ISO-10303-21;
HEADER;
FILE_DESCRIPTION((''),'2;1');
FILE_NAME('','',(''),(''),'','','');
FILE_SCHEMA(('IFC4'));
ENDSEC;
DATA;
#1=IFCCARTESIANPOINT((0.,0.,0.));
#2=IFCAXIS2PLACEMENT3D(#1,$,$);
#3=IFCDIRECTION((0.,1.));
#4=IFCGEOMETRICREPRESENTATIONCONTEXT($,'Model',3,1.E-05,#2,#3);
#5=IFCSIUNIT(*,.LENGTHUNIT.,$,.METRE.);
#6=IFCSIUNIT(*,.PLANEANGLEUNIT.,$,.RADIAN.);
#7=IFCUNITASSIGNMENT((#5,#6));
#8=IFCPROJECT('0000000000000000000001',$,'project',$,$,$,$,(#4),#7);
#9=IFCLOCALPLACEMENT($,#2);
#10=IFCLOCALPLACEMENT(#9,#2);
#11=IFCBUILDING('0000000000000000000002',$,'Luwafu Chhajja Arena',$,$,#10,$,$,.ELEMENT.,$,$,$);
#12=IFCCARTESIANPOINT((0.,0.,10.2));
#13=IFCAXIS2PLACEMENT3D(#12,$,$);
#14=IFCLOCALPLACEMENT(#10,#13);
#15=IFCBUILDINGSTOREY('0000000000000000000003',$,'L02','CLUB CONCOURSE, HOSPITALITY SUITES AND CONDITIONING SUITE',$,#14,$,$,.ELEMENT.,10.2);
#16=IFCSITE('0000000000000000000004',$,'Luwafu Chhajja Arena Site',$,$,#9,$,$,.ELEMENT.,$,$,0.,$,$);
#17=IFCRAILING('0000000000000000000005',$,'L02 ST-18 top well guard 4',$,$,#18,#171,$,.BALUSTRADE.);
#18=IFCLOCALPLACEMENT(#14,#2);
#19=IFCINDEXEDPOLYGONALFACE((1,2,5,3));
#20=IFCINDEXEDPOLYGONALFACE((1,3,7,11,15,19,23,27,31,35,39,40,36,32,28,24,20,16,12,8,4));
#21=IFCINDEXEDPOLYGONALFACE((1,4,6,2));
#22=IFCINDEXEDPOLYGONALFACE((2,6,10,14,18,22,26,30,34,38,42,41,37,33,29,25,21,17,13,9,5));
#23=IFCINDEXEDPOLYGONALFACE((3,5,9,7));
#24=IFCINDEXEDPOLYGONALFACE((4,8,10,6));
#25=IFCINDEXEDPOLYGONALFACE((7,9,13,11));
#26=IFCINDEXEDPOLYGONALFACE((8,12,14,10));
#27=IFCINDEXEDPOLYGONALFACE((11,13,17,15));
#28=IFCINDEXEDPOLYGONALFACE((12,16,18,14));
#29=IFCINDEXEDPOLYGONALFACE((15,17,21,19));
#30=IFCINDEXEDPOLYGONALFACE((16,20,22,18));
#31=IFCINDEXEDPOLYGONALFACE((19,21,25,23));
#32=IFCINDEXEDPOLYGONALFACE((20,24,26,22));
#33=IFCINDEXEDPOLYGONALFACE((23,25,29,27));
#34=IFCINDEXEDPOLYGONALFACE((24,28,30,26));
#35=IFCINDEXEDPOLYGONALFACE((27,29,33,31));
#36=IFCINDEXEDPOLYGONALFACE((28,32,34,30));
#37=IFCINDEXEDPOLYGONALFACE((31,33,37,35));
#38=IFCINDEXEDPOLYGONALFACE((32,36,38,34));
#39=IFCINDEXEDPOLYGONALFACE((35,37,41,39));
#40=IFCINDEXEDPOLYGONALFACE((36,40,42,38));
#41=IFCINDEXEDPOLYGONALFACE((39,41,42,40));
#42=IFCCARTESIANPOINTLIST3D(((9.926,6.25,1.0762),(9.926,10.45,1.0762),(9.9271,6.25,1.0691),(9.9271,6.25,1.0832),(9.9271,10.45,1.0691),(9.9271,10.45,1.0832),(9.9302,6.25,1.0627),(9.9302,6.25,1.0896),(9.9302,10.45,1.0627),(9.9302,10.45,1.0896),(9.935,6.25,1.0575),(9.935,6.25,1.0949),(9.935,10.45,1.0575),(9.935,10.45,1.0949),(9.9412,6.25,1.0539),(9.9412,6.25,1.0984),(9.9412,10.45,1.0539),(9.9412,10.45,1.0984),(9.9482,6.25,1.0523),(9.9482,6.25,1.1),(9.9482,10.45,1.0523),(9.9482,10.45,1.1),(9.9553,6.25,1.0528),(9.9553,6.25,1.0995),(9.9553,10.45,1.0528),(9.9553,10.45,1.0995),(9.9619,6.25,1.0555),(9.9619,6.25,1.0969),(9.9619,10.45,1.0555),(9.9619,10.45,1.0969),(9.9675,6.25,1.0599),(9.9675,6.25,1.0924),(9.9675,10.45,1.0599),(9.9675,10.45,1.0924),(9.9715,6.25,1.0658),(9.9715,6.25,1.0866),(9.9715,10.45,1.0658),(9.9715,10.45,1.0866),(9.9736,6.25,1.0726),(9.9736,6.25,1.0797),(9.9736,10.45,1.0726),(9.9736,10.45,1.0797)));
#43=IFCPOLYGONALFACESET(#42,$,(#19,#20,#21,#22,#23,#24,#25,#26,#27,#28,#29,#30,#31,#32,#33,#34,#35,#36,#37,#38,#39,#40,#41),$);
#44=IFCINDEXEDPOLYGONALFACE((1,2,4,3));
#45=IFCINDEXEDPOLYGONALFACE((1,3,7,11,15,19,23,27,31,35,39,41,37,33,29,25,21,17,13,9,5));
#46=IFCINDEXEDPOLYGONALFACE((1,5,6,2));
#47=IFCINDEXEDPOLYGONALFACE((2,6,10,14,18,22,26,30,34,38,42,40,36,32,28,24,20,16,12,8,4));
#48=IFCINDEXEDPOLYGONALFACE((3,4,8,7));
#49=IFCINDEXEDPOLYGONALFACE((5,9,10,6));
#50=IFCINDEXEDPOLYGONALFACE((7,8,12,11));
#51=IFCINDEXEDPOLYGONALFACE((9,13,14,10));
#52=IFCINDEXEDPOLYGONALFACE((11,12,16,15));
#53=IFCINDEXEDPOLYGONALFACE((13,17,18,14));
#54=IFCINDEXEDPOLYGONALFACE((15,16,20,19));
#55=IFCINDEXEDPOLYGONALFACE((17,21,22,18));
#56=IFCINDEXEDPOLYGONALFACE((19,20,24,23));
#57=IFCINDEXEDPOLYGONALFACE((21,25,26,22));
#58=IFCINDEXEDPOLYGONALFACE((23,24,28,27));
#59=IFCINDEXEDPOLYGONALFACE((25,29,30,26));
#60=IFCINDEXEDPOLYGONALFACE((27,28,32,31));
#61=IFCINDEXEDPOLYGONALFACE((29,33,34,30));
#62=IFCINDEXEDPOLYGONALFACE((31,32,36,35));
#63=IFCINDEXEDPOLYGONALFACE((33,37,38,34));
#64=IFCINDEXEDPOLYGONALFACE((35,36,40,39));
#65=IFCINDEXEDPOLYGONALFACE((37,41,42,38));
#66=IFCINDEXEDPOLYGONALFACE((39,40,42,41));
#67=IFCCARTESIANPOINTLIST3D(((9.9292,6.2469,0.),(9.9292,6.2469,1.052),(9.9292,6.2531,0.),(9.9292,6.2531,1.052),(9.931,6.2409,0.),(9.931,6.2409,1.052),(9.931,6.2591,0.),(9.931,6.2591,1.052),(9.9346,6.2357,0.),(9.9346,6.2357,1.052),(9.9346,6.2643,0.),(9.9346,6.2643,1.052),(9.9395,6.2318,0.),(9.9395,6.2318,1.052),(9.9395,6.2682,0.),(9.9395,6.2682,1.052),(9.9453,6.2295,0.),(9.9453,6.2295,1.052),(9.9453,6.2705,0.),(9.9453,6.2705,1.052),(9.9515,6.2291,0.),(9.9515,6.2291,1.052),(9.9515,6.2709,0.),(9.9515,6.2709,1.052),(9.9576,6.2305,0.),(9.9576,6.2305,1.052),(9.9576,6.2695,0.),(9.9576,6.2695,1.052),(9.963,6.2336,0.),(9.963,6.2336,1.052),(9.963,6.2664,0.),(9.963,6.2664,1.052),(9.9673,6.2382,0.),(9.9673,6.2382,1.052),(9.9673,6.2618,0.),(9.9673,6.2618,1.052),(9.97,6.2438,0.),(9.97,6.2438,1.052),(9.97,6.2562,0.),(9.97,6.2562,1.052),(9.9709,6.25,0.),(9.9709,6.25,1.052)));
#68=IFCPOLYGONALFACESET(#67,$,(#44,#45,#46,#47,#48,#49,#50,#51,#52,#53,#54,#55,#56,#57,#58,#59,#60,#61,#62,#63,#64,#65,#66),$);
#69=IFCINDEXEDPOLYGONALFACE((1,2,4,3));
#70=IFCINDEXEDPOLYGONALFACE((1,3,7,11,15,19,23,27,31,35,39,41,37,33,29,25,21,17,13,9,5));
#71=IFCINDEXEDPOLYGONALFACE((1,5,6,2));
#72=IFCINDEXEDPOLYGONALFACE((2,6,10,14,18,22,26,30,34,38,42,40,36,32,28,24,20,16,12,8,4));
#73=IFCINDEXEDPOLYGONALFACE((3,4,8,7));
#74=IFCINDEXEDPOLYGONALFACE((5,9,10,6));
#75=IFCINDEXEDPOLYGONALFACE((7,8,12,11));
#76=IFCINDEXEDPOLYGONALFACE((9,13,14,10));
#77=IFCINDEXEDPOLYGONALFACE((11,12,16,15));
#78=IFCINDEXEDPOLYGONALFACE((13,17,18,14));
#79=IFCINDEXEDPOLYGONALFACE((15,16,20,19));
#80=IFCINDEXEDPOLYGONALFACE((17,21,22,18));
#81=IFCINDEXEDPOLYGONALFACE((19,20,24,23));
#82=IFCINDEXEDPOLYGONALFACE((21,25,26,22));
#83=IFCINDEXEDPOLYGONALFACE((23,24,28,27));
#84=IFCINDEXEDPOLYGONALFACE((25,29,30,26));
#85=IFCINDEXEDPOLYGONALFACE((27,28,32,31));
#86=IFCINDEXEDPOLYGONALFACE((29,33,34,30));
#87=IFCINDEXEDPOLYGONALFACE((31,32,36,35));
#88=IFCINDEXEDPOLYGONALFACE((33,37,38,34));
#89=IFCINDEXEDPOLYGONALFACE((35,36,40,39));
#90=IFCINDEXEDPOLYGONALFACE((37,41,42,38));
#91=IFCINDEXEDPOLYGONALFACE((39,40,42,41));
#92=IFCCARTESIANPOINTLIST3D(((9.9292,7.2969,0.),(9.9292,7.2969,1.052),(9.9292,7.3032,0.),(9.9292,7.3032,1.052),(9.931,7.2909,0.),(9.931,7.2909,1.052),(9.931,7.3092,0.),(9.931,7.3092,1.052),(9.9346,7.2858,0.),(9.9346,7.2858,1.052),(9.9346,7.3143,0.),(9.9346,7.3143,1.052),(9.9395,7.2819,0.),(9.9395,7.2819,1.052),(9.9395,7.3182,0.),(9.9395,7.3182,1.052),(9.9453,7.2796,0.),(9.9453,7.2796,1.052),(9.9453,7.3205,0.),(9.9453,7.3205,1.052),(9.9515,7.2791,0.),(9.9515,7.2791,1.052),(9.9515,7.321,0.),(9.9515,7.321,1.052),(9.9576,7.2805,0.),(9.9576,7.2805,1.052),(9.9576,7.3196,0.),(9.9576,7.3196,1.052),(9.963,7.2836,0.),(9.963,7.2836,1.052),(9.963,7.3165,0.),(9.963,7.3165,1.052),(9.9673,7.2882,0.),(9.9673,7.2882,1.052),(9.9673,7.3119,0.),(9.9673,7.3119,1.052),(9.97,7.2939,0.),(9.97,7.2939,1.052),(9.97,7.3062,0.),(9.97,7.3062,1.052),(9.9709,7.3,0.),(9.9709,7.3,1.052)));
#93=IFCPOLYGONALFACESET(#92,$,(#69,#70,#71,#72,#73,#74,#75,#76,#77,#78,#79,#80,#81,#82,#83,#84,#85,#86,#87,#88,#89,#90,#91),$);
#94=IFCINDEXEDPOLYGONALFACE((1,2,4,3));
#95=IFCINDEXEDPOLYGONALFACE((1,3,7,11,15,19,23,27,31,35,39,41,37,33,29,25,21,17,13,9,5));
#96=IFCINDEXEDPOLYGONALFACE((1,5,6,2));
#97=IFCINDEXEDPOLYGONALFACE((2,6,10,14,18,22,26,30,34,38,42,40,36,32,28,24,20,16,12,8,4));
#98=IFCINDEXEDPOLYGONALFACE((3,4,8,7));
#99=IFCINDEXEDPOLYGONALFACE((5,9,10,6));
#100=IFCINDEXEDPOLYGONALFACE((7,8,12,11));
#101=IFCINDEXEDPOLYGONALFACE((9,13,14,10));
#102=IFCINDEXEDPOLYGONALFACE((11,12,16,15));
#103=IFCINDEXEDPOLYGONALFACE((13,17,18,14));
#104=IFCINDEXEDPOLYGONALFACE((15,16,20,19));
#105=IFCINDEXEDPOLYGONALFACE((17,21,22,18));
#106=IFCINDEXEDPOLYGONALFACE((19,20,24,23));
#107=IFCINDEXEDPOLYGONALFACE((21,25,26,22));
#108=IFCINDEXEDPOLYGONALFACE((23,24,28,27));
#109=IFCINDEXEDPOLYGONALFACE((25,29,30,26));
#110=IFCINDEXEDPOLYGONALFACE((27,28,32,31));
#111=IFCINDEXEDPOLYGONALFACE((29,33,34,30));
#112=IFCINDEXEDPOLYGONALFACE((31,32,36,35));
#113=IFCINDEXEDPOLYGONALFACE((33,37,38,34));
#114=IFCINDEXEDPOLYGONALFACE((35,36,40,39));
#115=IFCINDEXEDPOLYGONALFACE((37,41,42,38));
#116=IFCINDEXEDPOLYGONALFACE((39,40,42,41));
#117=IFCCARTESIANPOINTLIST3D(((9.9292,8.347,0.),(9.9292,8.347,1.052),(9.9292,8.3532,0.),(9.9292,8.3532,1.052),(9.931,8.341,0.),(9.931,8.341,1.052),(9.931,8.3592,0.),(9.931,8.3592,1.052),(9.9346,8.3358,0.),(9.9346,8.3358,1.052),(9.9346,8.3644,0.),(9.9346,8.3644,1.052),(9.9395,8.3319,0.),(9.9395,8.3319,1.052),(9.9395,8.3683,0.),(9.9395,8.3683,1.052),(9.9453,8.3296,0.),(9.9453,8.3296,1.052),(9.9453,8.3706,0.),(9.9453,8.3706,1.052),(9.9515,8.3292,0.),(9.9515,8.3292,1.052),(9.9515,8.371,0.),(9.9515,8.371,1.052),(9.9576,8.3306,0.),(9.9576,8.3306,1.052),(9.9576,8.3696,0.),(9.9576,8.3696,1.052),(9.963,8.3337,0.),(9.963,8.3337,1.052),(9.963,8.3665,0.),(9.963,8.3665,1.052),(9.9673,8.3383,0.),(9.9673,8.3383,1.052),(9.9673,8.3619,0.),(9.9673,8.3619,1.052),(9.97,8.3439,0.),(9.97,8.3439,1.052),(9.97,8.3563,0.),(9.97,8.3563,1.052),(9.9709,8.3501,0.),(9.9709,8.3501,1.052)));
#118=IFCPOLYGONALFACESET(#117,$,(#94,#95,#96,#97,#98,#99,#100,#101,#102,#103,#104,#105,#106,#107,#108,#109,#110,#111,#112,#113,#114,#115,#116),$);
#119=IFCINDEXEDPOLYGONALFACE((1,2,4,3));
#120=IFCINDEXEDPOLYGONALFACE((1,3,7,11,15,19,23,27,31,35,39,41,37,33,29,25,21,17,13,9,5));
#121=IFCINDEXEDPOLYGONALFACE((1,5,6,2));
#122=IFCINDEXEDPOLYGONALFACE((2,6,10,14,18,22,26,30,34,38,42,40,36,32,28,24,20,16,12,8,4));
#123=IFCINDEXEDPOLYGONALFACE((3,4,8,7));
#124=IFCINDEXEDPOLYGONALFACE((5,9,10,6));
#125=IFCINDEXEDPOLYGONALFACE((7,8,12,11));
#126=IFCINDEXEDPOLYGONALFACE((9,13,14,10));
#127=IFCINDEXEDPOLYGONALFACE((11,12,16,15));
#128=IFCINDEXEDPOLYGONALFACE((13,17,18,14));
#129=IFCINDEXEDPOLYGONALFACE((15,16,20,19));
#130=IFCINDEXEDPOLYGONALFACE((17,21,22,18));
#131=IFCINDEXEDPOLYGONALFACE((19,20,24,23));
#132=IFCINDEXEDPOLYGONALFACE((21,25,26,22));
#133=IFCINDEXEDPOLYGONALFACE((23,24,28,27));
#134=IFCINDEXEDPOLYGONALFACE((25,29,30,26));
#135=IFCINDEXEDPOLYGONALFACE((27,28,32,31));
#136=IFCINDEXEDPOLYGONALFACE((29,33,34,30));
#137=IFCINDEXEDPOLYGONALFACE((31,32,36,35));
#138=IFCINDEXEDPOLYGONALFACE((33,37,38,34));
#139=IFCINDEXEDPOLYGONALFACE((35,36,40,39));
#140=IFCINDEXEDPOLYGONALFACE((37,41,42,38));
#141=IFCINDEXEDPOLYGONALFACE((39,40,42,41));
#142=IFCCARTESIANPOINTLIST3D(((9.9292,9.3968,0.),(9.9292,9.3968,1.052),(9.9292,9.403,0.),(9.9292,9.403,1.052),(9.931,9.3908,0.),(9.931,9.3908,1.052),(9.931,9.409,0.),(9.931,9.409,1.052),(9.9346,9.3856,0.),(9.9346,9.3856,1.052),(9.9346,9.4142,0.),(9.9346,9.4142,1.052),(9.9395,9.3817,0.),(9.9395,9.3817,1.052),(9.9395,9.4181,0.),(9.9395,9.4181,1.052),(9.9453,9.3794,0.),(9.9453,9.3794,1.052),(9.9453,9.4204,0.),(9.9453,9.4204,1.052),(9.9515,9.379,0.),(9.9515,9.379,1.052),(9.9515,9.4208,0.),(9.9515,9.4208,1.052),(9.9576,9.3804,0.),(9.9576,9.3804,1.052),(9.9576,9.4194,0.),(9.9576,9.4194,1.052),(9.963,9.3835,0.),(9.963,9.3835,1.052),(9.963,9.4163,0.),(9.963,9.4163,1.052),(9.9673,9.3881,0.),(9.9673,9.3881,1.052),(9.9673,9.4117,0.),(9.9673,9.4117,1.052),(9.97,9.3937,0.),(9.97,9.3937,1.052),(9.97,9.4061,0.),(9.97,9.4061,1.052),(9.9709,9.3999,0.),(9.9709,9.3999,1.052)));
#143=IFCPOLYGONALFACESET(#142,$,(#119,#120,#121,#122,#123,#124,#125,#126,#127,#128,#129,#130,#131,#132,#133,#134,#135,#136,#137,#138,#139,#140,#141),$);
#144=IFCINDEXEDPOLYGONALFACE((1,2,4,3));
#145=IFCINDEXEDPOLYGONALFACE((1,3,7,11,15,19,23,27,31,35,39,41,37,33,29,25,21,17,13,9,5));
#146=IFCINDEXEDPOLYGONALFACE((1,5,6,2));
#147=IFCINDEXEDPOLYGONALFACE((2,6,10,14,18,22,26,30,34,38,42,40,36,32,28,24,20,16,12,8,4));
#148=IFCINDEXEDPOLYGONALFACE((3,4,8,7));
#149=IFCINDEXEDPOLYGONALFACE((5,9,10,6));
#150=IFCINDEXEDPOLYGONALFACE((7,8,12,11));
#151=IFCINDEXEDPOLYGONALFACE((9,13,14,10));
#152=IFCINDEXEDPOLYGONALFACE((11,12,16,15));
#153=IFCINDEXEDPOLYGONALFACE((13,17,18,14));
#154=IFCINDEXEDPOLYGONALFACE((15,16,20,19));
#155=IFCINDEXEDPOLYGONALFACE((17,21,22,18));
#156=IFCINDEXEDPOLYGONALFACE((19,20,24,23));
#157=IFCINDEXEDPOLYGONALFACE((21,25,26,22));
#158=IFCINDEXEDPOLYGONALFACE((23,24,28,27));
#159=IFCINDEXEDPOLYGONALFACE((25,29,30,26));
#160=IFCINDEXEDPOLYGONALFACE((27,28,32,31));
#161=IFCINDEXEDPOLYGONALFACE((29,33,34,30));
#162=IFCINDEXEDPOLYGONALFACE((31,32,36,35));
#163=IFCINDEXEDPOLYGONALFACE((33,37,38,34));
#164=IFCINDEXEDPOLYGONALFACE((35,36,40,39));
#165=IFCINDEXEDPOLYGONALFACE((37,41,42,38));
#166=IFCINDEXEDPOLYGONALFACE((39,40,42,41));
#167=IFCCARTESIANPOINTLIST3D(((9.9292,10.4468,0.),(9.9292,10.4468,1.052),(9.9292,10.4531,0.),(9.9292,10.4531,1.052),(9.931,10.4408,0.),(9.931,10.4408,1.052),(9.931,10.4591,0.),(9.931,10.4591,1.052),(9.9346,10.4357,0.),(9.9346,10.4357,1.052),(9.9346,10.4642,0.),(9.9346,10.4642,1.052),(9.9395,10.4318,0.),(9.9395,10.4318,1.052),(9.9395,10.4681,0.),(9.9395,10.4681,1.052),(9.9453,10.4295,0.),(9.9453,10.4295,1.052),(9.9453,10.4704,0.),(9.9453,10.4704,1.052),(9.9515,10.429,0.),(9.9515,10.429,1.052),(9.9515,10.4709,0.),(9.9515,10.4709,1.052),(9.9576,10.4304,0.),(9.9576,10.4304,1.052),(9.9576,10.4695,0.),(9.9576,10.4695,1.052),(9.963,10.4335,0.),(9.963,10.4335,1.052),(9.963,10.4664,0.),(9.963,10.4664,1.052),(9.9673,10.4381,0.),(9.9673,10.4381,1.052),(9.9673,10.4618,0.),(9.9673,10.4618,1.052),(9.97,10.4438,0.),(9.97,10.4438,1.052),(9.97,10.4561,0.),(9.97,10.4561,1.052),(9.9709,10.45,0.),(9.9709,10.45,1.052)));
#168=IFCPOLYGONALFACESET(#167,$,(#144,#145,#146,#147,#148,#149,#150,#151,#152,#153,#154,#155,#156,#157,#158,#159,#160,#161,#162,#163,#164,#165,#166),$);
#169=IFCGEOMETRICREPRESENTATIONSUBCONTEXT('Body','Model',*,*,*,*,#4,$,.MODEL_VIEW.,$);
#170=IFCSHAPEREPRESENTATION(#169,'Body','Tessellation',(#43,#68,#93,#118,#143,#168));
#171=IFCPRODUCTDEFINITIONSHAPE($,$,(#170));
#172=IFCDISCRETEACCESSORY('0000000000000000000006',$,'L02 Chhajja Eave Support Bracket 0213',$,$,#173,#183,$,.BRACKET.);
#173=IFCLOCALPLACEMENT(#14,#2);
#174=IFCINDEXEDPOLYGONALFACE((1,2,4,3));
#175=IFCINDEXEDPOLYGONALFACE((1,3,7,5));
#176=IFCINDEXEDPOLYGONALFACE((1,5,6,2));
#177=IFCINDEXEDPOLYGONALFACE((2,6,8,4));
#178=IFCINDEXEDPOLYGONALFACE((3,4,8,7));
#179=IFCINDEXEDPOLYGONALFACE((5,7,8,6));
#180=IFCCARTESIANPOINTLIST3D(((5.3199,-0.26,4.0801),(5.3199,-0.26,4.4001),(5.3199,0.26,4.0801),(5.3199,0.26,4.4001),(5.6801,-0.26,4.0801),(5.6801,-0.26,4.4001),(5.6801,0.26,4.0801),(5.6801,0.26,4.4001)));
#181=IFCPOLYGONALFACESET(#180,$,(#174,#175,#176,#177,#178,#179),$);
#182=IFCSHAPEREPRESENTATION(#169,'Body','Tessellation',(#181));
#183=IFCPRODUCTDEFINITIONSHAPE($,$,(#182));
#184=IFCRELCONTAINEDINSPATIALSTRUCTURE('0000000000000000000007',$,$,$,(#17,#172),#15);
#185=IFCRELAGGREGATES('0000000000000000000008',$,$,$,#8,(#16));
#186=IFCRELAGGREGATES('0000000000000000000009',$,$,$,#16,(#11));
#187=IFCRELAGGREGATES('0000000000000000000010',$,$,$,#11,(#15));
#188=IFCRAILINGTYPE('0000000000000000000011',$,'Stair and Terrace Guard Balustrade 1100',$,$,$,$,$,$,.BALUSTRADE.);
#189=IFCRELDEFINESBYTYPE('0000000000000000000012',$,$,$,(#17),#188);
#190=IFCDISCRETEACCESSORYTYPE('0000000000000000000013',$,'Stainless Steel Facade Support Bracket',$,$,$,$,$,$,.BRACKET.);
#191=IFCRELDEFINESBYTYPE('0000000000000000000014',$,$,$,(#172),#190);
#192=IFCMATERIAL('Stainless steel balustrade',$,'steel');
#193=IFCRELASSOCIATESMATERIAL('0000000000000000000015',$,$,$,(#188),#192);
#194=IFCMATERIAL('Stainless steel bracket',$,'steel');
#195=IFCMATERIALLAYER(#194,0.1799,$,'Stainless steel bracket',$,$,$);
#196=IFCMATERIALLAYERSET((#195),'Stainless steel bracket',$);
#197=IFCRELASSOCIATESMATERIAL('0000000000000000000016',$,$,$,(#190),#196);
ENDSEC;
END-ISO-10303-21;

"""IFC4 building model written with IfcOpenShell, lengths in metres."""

from ifc_helpers import new_model, si_unit, direction, frame, origin, origin_2d, place, context, subcontext, project, spatial, rectangle, circle, extrude, material, layer, layer_set, type_object, element, save


model = new_model("IFC4")

# Units and contexts
model_context = context("Model", 3, precision=1e-05, world=origin(), true_north=direction((0.0, 1.0)))
body_context = subcontext(model_context, "Body", "Model", "MODEL_VIEW")
ifc_project = project(units=[si_unit("LENGTHUNIT", "METRE"), si_unit("PLANEANGLEUNIT", "RADIAN")], contexts=[model_context])

# Site, building, storey
site_placement = place(None, origin())
site = spatial("IfcSite", under=ifc_project, at=site_placement, Name="Luwafu Chhajja Arena Site", CompositionType="ELEMENT", RefElevation=0.0)
building_placement = place(site_placement, origin())
building = spatial("IfcBuilding", under=site, at=building_placement, Name="Luwafu Chhajja Arena", CompositionType="ELEMENT")
storey_placement = place(building_placement, frame((0.0, 0.0, 10.2)))
storey = spatial("IfcBuildingStorey", under=building, at=storey_placement, Name="L02", Description="CLUB CONCOURSE, HOSPITALITY SUITES AND CONDITIONING SUITE", CompositionType="ELEMENT", Elevation=10.2)

# Railing
ifc_material_1 = material(Name="Stainless steel balustrade", Category="steel")
railing_type = type_object("IfcRailingType", Name="Stair and Terrace Guard Balustrade 1100", PredefinedType="BALUSTRADE", material=ifc_material_1)
railing_1_placement = place(storey_placement, frame((9.95, 6.25, 0.0)))
element("IfcRailing", 1, at=railing_1_placement, inside=storey, type_object=railing_type, Name="L02 ST-18 top well guard 4", PredefinedType="BALUSTRADE", context=body_context, shape_type="SweptSolid", body=[
    extrude(circle(Radius=0.0239, at=origin_2d()), frame((0.0, 0.0, 1.0762), z_axis=(0.0, 1.0, 0.0), x_axis=(-1.0, 0.0, 0.0)), (0.0, 0.0, 1.0), 4.2),
    extrude(circle(Radius=0.021, at=origin_2d()), origin(), (0.0, 0.0, 1.0), 1.052),
    extrude(circle(Radius=0.021, at=origin_2d()), frame((0.0, 1.05, 0.0)), (0.0, 0.0, 1.0), 1.052),
    extrude(circle(Radius=0.021, at=origin_2d()), frame((0.0, 2.1001, 0.0)), (0.0, 0.0, 1.0), 1.052),
    extrude(circle(Radius=0.021, at=origin_2d()), frame((0.0, 3.1499, 0.0)), (0.0, 0.0, 1.0), 1.052),
    extrude(circle(Radius=0.021, at=origin_2d()), frame((0.0, 4.2, 0.0)), (0.0, 0.0, 1.0), 1.052),
])

# Discrete accessory
ifc_material_2 = material(Name="Stainless steel bracket", Category="steel")
ifc_layer_1 = layer(ifc_material_2, 0.1799, Name="Stainless steel bracket")
ifc_layer_set_1 = layer_set([ifc_layer_1], Name="Stainless steel bracket")
discrete_accessory_type = type_object("IfcDiscreteAccessoryType", Name="Stainless Steel Facade Support Bracket", PredefinedType="BRACKET", material=ifc_layer_set_1)
discrete_accessory_placement = place(storey_placement, frame((5.5, 0.0, 4.0801), z_axis=(0.0, 0.0, 1.0), x_axis=(1.0, 0.0, 0.0)))
element("IfcDiscreteAccessory", 2, at=discrete_accessory_placement, inside=storey, type_object=discrete_accessory_type, Name="L02 Chhajja Eave Support Bracket 0213", PredefinedType="BRACKET", context=body_context, shape_type="SweptSolid", body=[
    extrude(rectangle(XDim=0.3601, YDim=0.52, at=origin_2d()), origin(), (0.0, 0.0, 1.0), 0.3201),
])

save(model, "model.ifc")
